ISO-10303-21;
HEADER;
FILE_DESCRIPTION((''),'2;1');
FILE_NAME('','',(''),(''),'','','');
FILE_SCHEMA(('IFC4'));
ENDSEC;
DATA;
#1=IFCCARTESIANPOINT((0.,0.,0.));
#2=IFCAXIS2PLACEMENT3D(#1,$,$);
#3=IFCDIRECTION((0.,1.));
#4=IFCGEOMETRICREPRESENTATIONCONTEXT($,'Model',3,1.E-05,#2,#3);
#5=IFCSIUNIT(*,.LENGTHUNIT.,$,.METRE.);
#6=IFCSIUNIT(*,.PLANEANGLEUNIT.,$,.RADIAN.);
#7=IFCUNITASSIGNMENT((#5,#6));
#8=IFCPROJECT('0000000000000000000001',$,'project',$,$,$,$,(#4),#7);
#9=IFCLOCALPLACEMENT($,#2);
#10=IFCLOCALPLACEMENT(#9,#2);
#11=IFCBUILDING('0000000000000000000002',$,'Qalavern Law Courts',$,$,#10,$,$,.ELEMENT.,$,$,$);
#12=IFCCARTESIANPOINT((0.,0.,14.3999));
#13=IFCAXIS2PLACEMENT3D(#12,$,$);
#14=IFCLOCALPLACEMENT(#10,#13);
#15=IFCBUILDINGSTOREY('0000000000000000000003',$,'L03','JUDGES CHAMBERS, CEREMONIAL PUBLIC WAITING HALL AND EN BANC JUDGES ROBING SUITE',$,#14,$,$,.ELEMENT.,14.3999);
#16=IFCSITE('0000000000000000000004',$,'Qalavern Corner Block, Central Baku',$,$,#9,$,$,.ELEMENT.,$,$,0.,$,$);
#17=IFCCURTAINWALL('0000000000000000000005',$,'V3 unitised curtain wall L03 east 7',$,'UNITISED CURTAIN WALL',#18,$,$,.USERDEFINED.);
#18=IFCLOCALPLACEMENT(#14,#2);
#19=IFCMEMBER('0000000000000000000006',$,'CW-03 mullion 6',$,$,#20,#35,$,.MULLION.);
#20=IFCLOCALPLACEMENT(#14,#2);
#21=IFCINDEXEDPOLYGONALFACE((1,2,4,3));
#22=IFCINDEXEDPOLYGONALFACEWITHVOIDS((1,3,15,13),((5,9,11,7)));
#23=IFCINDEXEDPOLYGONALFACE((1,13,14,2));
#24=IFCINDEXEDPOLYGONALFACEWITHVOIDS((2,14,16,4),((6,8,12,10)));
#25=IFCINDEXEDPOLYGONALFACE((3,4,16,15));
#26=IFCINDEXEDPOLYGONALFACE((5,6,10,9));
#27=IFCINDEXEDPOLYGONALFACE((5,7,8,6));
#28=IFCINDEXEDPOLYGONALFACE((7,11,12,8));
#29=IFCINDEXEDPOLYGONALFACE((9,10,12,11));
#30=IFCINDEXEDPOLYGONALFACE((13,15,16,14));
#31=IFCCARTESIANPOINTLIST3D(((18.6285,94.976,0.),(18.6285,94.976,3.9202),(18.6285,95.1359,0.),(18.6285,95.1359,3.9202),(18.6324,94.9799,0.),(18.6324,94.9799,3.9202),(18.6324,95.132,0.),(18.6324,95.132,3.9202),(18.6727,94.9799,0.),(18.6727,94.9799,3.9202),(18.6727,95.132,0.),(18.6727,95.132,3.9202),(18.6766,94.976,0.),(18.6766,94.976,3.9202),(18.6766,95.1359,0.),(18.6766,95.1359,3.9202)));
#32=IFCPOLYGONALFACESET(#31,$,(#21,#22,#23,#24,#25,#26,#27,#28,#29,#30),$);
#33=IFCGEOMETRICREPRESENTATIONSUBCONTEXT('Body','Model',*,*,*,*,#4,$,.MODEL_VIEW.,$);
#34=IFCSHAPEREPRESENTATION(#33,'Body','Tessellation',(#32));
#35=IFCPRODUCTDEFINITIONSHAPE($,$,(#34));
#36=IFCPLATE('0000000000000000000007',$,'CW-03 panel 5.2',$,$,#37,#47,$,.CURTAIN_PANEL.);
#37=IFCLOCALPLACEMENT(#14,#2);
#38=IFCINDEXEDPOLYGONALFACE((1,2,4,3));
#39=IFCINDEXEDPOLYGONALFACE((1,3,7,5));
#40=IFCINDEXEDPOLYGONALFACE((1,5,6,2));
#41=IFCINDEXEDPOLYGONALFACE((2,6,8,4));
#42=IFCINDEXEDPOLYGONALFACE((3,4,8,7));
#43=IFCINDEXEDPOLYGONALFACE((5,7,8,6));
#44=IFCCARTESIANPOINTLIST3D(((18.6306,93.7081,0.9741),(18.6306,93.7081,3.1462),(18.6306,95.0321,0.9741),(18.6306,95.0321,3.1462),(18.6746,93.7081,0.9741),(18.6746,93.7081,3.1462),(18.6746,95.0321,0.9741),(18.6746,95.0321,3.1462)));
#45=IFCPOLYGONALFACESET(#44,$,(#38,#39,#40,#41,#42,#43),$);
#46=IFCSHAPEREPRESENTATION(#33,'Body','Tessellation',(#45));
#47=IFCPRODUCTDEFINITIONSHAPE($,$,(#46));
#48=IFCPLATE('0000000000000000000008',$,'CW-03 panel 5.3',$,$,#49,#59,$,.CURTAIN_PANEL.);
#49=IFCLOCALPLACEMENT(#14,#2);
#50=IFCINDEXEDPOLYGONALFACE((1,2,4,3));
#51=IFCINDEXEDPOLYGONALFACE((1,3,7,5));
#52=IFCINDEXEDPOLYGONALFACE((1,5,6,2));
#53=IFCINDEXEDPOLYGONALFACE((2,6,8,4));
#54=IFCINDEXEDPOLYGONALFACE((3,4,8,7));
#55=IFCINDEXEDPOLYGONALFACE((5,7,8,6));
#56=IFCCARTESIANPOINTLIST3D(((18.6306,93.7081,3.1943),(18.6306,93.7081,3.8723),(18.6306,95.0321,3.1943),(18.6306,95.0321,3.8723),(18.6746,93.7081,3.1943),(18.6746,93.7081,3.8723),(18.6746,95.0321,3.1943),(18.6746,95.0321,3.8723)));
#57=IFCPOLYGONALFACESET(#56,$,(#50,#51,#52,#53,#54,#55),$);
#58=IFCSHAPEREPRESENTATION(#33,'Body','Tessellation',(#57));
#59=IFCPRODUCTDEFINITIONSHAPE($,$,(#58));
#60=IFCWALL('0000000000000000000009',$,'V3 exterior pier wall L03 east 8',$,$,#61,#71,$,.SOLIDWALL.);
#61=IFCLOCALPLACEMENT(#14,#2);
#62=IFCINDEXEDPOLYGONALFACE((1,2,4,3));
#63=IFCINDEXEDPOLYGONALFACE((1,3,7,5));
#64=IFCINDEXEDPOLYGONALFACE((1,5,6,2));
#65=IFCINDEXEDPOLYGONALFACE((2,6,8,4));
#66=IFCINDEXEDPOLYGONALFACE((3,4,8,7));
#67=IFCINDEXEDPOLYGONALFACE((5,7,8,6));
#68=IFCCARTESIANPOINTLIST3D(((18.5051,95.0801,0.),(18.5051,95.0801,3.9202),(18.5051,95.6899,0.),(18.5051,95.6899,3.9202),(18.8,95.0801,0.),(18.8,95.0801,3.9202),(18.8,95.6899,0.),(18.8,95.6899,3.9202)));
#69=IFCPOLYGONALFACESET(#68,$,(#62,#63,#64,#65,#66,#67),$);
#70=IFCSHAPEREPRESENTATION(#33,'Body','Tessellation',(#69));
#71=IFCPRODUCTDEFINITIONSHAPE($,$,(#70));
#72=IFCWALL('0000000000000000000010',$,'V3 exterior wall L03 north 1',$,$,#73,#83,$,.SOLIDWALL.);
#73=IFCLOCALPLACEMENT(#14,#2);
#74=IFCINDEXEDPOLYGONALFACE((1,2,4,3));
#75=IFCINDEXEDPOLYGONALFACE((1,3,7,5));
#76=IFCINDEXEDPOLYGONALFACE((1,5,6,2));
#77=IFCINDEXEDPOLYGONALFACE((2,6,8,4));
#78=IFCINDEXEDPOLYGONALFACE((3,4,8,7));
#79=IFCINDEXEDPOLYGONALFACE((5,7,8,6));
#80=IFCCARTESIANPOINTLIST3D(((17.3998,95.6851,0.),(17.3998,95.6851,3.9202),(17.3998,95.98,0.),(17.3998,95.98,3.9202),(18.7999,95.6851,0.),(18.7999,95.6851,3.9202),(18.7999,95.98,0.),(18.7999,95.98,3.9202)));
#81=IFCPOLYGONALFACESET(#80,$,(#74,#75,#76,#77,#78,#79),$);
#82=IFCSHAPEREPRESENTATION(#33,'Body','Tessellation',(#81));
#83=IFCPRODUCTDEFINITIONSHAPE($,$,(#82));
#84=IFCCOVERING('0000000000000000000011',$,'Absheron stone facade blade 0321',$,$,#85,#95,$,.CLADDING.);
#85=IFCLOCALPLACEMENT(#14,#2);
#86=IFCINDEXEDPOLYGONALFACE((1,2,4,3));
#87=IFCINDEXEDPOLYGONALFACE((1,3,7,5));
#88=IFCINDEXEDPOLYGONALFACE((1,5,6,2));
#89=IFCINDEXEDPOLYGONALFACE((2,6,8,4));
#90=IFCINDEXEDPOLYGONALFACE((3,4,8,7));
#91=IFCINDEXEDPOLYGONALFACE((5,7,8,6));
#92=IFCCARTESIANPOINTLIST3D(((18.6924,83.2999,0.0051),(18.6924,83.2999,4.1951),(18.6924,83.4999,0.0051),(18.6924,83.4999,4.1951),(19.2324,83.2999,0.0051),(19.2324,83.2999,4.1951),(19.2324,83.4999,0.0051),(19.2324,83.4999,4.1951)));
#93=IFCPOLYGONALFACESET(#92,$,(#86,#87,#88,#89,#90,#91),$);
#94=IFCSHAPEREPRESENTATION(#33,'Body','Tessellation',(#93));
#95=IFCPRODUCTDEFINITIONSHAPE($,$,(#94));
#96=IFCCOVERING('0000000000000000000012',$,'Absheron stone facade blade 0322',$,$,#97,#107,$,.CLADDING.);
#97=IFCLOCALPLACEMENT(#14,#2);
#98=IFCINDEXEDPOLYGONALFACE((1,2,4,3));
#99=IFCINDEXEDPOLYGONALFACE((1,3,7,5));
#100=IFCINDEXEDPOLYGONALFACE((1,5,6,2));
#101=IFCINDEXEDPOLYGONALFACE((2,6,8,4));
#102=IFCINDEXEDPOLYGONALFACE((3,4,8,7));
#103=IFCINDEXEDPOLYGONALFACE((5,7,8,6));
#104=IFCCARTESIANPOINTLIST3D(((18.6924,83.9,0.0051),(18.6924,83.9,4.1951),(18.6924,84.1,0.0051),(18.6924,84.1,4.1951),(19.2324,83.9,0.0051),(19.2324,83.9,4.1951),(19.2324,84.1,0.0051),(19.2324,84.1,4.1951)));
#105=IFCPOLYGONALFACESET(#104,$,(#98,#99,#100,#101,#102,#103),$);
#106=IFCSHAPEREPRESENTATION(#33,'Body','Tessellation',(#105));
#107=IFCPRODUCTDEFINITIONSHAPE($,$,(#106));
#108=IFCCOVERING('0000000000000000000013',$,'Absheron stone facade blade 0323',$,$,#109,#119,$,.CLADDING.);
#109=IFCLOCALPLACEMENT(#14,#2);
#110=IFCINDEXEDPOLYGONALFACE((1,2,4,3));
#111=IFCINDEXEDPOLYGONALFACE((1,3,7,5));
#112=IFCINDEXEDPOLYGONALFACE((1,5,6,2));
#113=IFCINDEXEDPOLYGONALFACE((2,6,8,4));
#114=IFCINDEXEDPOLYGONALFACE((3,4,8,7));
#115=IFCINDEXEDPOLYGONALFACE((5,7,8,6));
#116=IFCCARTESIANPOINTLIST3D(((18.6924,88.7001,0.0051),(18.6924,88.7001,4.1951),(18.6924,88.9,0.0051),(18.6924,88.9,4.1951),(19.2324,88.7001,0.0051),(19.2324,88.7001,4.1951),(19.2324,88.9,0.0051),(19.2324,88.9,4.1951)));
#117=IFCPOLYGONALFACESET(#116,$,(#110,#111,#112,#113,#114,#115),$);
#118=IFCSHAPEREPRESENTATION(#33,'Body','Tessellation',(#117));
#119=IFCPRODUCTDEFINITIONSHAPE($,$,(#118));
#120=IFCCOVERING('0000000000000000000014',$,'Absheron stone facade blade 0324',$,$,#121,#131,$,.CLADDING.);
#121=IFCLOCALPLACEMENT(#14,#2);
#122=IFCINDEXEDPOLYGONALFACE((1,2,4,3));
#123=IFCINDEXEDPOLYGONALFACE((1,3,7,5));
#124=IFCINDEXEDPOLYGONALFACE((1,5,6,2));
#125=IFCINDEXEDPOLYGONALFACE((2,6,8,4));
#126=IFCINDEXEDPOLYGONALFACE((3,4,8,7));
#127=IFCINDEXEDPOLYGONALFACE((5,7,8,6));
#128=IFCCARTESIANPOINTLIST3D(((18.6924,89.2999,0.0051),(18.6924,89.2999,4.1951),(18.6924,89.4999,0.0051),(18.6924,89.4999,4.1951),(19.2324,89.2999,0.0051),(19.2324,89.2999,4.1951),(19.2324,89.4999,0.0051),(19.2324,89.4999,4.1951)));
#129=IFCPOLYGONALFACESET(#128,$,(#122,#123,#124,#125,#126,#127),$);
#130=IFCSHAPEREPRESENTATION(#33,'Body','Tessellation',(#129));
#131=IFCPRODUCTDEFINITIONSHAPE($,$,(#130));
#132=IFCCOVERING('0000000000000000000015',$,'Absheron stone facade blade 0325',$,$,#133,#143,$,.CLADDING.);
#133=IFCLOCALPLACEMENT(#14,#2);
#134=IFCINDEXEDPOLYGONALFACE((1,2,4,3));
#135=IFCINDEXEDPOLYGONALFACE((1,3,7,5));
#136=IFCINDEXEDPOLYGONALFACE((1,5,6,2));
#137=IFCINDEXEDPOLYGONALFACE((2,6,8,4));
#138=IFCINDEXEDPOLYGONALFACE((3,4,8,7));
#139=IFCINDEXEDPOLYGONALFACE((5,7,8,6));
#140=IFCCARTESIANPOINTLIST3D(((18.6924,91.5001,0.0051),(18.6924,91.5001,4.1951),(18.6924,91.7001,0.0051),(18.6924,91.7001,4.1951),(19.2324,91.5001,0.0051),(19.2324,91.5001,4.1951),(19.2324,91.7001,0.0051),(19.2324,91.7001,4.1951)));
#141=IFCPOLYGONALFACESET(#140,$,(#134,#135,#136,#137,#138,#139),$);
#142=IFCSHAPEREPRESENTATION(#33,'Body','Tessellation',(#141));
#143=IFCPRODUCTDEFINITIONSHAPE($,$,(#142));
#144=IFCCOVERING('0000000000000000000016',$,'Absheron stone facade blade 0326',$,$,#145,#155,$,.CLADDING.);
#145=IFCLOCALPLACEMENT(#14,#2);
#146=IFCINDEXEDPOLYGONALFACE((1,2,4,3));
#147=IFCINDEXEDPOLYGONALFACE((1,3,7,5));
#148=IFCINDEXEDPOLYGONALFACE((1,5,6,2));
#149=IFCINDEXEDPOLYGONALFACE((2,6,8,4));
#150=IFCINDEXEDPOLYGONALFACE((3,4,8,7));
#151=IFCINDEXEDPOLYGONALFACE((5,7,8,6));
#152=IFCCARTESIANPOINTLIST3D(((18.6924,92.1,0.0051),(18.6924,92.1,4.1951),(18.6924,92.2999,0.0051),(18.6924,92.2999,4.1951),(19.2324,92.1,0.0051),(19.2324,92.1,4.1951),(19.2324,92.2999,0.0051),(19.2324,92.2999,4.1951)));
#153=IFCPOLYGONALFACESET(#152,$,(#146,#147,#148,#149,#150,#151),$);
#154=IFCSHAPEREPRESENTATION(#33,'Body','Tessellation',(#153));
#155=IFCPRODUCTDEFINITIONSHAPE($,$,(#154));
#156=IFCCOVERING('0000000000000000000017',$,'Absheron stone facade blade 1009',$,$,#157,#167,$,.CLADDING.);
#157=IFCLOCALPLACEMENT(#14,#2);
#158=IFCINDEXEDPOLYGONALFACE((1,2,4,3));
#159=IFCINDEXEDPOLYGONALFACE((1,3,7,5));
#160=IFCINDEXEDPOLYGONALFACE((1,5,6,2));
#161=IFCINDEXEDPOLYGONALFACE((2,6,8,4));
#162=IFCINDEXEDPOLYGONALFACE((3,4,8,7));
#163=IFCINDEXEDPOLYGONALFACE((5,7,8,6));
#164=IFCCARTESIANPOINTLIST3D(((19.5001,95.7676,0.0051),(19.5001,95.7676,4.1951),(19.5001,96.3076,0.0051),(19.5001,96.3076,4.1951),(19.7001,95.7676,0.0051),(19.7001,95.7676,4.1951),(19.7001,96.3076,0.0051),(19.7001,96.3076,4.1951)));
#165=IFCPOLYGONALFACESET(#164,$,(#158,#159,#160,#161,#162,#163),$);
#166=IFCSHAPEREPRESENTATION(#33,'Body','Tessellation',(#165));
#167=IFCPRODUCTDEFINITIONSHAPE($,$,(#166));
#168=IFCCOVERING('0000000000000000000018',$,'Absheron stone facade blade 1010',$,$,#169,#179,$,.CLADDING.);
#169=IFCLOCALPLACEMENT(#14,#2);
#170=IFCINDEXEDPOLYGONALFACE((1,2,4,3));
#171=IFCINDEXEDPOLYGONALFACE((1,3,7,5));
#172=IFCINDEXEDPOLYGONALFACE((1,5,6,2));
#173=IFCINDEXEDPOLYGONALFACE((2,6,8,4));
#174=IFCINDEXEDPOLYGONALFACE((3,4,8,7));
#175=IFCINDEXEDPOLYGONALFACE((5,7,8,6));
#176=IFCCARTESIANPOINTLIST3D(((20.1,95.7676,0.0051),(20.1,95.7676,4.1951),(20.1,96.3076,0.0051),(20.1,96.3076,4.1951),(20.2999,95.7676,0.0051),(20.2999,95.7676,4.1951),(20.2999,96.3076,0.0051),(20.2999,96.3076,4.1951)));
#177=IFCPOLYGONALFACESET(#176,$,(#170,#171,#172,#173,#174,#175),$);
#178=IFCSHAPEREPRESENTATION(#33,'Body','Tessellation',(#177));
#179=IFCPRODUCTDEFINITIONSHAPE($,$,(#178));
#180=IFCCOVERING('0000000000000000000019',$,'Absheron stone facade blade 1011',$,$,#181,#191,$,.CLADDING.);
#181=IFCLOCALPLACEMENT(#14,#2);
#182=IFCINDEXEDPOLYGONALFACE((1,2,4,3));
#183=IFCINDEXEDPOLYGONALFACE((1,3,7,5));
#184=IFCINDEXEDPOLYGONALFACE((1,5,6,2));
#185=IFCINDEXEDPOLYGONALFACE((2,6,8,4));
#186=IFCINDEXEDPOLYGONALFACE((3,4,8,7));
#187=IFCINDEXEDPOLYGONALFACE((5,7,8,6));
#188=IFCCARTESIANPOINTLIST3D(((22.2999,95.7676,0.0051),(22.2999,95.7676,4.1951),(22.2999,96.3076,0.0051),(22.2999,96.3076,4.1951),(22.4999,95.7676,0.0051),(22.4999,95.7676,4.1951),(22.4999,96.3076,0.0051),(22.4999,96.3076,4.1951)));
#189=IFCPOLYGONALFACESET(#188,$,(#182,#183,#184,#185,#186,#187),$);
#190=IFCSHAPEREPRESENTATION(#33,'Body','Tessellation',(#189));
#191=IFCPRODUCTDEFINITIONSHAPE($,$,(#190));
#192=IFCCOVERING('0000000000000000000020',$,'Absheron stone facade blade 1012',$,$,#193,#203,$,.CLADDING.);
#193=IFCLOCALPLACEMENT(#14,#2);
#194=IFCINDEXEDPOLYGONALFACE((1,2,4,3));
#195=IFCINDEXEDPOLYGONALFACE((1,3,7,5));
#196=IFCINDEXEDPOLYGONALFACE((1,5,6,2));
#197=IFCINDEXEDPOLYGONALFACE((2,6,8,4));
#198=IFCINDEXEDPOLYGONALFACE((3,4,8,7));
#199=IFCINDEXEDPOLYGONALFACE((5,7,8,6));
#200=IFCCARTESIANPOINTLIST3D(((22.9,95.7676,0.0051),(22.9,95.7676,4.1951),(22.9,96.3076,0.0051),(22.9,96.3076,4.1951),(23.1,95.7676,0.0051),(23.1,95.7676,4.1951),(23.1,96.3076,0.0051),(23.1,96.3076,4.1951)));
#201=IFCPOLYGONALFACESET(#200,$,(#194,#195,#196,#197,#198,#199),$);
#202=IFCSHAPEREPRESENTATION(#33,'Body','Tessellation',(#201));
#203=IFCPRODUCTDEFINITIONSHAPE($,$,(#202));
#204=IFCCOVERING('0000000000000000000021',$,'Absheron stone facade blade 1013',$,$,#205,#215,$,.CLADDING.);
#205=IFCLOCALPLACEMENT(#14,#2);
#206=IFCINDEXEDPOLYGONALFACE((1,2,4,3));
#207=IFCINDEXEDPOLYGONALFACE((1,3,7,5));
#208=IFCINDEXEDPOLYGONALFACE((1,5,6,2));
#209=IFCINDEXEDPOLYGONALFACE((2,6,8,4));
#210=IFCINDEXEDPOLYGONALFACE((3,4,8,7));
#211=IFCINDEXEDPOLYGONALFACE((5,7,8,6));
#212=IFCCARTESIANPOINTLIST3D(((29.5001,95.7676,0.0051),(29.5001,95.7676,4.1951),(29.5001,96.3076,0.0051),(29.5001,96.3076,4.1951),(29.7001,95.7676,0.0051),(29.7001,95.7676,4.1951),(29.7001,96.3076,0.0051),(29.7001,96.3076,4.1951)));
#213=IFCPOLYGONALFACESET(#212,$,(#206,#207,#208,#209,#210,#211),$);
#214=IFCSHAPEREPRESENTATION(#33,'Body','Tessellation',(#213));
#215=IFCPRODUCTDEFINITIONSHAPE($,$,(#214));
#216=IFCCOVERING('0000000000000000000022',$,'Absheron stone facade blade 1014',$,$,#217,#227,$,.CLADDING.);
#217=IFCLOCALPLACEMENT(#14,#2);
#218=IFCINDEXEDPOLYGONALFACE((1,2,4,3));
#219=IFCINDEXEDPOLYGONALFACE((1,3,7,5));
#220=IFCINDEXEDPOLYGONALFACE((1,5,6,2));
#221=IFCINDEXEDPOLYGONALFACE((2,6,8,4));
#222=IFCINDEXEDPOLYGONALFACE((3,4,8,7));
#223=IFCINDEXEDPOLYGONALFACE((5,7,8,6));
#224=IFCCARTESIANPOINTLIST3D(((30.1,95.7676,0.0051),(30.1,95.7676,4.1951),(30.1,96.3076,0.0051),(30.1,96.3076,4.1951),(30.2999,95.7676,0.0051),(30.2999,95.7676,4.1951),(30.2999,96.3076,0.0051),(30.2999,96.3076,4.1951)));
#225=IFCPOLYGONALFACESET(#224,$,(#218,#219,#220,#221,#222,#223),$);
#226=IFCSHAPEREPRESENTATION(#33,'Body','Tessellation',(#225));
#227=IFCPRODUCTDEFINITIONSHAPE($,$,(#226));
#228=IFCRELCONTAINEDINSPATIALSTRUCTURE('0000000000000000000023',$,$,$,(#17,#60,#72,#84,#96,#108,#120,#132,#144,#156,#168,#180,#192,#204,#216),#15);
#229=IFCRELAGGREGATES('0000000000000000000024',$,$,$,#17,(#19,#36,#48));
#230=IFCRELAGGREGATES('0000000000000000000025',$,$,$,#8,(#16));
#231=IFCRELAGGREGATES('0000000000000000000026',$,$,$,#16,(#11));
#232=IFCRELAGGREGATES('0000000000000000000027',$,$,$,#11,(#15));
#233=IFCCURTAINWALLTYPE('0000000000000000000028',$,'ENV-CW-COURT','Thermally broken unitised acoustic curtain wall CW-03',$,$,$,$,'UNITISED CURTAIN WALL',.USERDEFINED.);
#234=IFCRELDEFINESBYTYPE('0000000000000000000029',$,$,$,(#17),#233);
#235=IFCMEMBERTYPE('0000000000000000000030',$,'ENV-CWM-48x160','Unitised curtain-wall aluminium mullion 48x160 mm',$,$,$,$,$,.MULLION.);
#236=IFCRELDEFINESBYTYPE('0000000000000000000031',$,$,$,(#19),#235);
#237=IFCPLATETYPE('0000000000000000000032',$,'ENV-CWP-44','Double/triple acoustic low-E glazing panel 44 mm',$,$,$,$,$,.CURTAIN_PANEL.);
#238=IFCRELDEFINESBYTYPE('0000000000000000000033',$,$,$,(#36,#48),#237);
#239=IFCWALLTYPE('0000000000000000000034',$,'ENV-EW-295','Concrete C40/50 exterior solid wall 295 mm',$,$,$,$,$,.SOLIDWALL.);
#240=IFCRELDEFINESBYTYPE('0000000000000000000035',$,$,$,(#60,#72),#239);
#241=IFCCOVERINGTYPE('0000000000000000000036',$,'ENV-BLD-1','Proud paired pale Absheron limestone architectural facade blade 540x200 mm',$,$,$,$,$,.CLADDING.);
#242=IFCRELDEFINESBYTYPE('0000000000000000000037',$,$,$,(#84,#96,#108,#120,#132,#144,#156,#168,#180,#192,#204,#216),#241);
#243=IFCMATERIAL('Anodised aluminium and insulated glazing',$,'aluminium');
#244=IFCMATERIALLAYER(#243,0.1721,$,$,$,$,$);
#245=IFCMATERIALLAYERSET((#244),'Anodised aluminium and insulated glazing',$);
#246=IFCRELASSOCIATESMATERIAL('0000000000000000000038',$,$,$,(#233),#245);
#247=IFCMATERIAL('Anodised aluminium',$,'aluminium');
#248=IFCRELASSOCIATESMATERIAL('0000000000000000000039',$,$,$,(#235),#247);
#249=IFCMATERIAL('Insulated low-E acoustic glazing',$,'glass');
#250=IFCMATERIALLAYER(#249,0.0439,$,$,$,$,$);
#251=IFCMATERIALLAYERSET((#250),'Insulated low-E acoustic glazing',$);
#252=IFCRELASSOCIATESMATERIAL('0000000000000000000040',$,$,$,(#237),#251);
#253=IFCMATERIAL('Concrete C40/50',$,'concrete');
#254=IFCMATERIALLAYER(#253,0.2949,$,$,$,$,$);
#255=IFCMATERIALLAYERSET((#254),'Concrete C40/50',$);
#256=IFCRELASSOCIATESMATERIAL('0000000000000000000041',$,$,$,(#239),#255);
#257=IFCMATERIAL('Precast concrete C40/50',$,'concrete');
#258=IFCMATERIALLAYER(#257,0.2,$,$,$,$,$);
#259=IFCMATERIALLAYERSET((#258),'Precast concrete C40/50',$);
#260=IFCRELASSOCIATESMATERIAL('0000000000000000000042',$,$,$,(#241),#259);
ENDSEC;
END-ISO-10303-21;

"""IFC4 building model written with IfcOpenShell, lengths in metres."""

from ifc_helpers import new_model, si_unit, direction, frame, frame_2d, origin, origin_2d, place, context, subcontext, project, spatial, rectangle, hollow_rectangle, extrude, material, layer, layer_set, material_profile, profile_set, type_object, element, aggregate, save


model = new_model("IFC4")

# Units and contexts
model_context = context("Model", 3, precision=1e-05, world=origin(), true_north=direction((0.0, 1.0)))
body_context = subcontext(model_context, "Body", "Model", "MODEL_VIEW")
ifc_project = project(units=[si_unit("LENGTHUNIT", "METRE"), si_unit("PLANEANGLEUNIT", "RADIAN")], contexts=[model_context])

# Site, building, storey
site_placement = place(None, origin())
site = spatial("IfcSite", under=ifc_project, at=site_placement, Name="Qalavern Corner Block, Central Baku", CompositionType="ELEMENT", RefElevation=0.0)
building_placement = place(site_placement, origin())
building = spatial("IfcBuilding", under=site, at=building_placement, Name="Qalavern Law Courts", CompositionType="ELEMENT")
storey_placement = place(building_placement, frame((0.0, 0.0, 14.3999)))
storey = spatial("IfcBuildingStorey", under=building, at=storey_placement, Name="L03", Description="JUDGES CHAMBERS, CEREMONIAL PUBLIC WAITING HALL AND EN BANC JUDGES ROBING SUITE", CompositionType="ELEMENT", Elevation=14.3999)

# Curtain wall, member, plates
ifc_material_1 = material(Name="Anodised aluminium and insulated glazing", Category="aluminium")
ifc_layer_1 = layer(ifc_material_1, 0.1721)
ifc_layer_set_1 = layer_set([ifc_layer_1], Name="Anodised aluminium and insulated glazing")
curtain_wall_type = type_object("IfcCurtainWallType", Name="ENV-CW-COURT", Description="Thermally broken unitised acoustic curtain wall CW-03", ElementType="UNITISED CURTAIN WALL", PredefinedType="USERDEFINED", material=ifc_layer_set_1)
curtain_wall_placement = place(storey_placement, origin())
curtain_wall = element("IfcCurtainWall", 1, at=curtain_wall_placement, inside=storey, type_object=curtain_wall_type, Name="V3 unitised curtain wall L03 east 7", ObjectType="UNITISED CURTAIN WALL", PredefinedType="USERDEFINED")
ifc_material_2 = material(Name="Anodised aluminium", Category="aluminium")
ifc_material_profile = material_profile(ifc_material_2, hollow_rectangle(XDim=0.0481, YDim=0.1599, WallThickness=0.0039, at=origin_2d()), Name="ALU MULLION 48x160")
ifc_profile_set = profile_set([ifc_material_profile], Name="Anodised aluminium")
member_type = type_object("IfcMemberType", Name="ENV-CWM-48x160", Description="Unitised curtain-wall aluminium mullion 48x160 mm", PredefinedType="MULLION", material=ifc_profile_set)
member_placement = place(storey_placement, frame((18.6526, 95.0559, 0.0), z_axis=(0.0, 0.0, 1.0), x_axis=(-1.0, 0.0, 0.0)))
member = element("IfcMember", 2, at=member_placement, type_object=member_type, Name="CW-03 mullion 6", PredefinedType="MULLION", context=body_context, shape_type="SweptSolid", body=[
    extrude(hollow_rectangle(XDim=0.0481, YDim=0.1599, WallThickness=0.0039, at=origin_2d()), origin(), (0.0, 0.0, 1.0), 3.9202),
])
ifc_material_3 = material(Name="Insulated low-E acoustic glazing", Category="glass")
ifc_layer_2 = layer(ifc_material_3, 0.0439)
ifc_layer_set_2 = layer_set([ifc_layer_2], Name="Insulated low-E acoustic glazing")
plate_type = type_object("IfcPlateType", Name="ENV-CWP-44", Description="Double/triple acoustic low-E glazing panel 44 mm", PredefinedType="CURTAIN_PANEL", material=ifc_layer_set_2)
plate_1_placement = place(storey_placement, frame((18.6526, 94.3701, 0.9741), z_axis=(0.0, 0.0, 1.0), x_axis=(0.0, 1.0, 0.0)))
plate_1 = element("IfcPlate", 3, at=plate_1_placement, type_object=plate_type, Name="CW-03 panel 5.2", PredefinedType="CURTAIN_PANEL", context=body_context, shape_type="SweptSolid", body=[
    extrude(rectangle(XDim=1.324, YDim=0.0439, at=origin_2d()), origin(), (0.0, 0.0, 1.0), 2.1721),
])
plate_2_placement = place(storey_placement, frame((18.6526, 94.3701, 3.1943), z_axis=(0.0, 0.0, 1.0), x_axis=(0.0, 1.0, 0.0)))
plate_2 = element("IfcPlate", 4, at=plate_2_placement, type_object=plate_type, Name="CW-03 panel 5.3", PredefinedType="CURTAIN_PANEL", context=body_context, shape_type="SweptSolid", body=[
    extrude(rectangle(XDim=1.324, YDim=0.0439, at=origin_2d()), origin(), (0.0, 0.0, 1.0), 0.678),
])
aggregate(curtain_wall, [member, plate_1, plate_2])

# Walls
ifc_material_4 = material(Name="Concrete C40/50", Category="concrete")
ifc_layer_3 = layer(ifc_material_4, 0.2949)
ifc_layer_set_3 = layer_set([ifc_layer_3], Name="Concrete C40/50")
wall_type = type_object("IfcWallType", Name="ENV-EW-295", Description="Concrete C40/50 exterior solid wall 295 mm", PredefinedType="SOLIDWALL", material=ifc_layer_set_3)
wall_1_placement = place(storey_placement, frame((18.6526, 95.0801, 0.0), z_axis=(0.0, 0.0, 1.0), x_axis=(0.0, 1.0, 0.0)))
element("IfcWall", 5, at=wall_1_placement, inside=storey, type_object=wall_type, Name="V3 exterior pier wall L03 east 8", PredefinedType="SOLIDWALL", context=body_context, shape_type="SweptSolid", body=[
    extrude(rectangle(XDim=0.6099, YDim=0.2949, at=frame_2d((0.3049, 0.0))), origin(), (0.0, 0.0, 1.0), 3.9202),
])
wall_2_placement = place(storey_placement, frame((18.8, 95.8325, 0.0), z_axis=(0.0, 0.0, 1.0), x_axis=(-1.0, 0.0, 0.0)))
element("IfcWall", 6, at=wall_2_placement, inside=storey, type_object=wall_type, Name="V3 exterior wall L03 north 1", PredefinedType="SOLIDWALL", context=body_context, shape_type="SweptSolid", body=[
    extrude(rectangle(XDim=1.4001, YDim=0.2949, at=frame_2d((0.7002, 0.0))), origin(), (0.0, 0.0, 1.0), 3.9202),
])

# Coverings
ifc_material_5 = material(Name="Precast concrete C40/50", Category="concrete")
ifc_layer_4 = layer(ifc_material_5, 0.2)
ifc_layer_set_4 = layer_set([ifc_layer_4], Name="Precast concrete C40/50")
covering_type_1 = type_object("IfcCoveringType", Name="ENV-BLD-1", Description="Proud paired pale Absheron limestone architectural facade blade 540x200 mm", PredefinedType="CLADDING", material=ifc_layer_set_4)
for number, where, z_axis, x_axis, name in (
    (7, (18.9624, 83.3999, 0.0051), (0.0, 0.0, 1.0), (1.0, 0.0, 0.0), "Absheron stone facade blade 0321"),
    (8, (18.9624, 84.0, 0.0051), (0.0, 0.0, 1.0), (1.0, 0.0, 0.0), "Absheron stone facade blade 0322"),
    (9, (18.9624, 88.8, 0.0051), (0.0, 0.0, 1.0), (1.0, 0.0, 0.0), "Absheron stone facade blade 0323"),
    (10, (18.9624, 89.3999, 0.0051), (0.0, 0.0, 1.0), (1.0, 0.0, 0.0), "Absheron stone facade blade 0324"),
    (11, (18.9624, 91.6001, 0.0051), (0.0, 0.0, 1.0), (1.0, 0.0, 0.0), "Absheron stone facade blade 0325"),
    (12, (18.9624, 92.2, 0.0051), (0.0, 0.0, 1.0), (1.0, 0.0, 0.0), "Absheron stone facade blade 0326"),
    (13, (19.6001, 96.0376, 0.0051), (0.0, 0.0, 1.0), (0.0, -1.0, 0.0), "Absheron stone facade blade 1009"),
    (14, (20.2, 96.0376, 0.0051), (0.0, 0.0, 1.0), (0.0, -1.0, 0.0), "Absheron stone facade blade 1010"),
    (15, (22.3999, 96.0376, 0.0051), (0.0, 0.0, 1.0), (0.0, -1.0, 0.0), "Absheron stone facade blade 1011"),
    (16, (23.0, 96.0376, 0.0051), (0.0, 0.0, 1.0), (0.0, -1.0, 0.0), "Absheron stone facade blade 1012"),
    (17, (29.6001, 96.0376, 0.0051), (0.0, 0.0, 1.0), (0.0, -1.0, 0.0), "Absheron stone facade blade 1013"),
    (18, (30.2, 96.0376, 0.0051), (0.0, 0.0, 1.0), (0.0, -1.0, 0.0), "Absheron stone facade blade 1014"),
):
    element("IfcCovering", number, at=place(storey_placement, frame(where, z_axis=z_axis, x_axis=x_axis)), inside=storey, type_object=covering_type_1, Name=name, PredefinedType="CLADDING", context=body_context, shape_type="SweptSolid", body=[
        extrude(rectangle(XDim=0.54, YDim=0.2, at=origin_2d()), origin(), (0.0, 0.0, 1.0), 4.1899),
    ])

save(model, "model.ifc")
